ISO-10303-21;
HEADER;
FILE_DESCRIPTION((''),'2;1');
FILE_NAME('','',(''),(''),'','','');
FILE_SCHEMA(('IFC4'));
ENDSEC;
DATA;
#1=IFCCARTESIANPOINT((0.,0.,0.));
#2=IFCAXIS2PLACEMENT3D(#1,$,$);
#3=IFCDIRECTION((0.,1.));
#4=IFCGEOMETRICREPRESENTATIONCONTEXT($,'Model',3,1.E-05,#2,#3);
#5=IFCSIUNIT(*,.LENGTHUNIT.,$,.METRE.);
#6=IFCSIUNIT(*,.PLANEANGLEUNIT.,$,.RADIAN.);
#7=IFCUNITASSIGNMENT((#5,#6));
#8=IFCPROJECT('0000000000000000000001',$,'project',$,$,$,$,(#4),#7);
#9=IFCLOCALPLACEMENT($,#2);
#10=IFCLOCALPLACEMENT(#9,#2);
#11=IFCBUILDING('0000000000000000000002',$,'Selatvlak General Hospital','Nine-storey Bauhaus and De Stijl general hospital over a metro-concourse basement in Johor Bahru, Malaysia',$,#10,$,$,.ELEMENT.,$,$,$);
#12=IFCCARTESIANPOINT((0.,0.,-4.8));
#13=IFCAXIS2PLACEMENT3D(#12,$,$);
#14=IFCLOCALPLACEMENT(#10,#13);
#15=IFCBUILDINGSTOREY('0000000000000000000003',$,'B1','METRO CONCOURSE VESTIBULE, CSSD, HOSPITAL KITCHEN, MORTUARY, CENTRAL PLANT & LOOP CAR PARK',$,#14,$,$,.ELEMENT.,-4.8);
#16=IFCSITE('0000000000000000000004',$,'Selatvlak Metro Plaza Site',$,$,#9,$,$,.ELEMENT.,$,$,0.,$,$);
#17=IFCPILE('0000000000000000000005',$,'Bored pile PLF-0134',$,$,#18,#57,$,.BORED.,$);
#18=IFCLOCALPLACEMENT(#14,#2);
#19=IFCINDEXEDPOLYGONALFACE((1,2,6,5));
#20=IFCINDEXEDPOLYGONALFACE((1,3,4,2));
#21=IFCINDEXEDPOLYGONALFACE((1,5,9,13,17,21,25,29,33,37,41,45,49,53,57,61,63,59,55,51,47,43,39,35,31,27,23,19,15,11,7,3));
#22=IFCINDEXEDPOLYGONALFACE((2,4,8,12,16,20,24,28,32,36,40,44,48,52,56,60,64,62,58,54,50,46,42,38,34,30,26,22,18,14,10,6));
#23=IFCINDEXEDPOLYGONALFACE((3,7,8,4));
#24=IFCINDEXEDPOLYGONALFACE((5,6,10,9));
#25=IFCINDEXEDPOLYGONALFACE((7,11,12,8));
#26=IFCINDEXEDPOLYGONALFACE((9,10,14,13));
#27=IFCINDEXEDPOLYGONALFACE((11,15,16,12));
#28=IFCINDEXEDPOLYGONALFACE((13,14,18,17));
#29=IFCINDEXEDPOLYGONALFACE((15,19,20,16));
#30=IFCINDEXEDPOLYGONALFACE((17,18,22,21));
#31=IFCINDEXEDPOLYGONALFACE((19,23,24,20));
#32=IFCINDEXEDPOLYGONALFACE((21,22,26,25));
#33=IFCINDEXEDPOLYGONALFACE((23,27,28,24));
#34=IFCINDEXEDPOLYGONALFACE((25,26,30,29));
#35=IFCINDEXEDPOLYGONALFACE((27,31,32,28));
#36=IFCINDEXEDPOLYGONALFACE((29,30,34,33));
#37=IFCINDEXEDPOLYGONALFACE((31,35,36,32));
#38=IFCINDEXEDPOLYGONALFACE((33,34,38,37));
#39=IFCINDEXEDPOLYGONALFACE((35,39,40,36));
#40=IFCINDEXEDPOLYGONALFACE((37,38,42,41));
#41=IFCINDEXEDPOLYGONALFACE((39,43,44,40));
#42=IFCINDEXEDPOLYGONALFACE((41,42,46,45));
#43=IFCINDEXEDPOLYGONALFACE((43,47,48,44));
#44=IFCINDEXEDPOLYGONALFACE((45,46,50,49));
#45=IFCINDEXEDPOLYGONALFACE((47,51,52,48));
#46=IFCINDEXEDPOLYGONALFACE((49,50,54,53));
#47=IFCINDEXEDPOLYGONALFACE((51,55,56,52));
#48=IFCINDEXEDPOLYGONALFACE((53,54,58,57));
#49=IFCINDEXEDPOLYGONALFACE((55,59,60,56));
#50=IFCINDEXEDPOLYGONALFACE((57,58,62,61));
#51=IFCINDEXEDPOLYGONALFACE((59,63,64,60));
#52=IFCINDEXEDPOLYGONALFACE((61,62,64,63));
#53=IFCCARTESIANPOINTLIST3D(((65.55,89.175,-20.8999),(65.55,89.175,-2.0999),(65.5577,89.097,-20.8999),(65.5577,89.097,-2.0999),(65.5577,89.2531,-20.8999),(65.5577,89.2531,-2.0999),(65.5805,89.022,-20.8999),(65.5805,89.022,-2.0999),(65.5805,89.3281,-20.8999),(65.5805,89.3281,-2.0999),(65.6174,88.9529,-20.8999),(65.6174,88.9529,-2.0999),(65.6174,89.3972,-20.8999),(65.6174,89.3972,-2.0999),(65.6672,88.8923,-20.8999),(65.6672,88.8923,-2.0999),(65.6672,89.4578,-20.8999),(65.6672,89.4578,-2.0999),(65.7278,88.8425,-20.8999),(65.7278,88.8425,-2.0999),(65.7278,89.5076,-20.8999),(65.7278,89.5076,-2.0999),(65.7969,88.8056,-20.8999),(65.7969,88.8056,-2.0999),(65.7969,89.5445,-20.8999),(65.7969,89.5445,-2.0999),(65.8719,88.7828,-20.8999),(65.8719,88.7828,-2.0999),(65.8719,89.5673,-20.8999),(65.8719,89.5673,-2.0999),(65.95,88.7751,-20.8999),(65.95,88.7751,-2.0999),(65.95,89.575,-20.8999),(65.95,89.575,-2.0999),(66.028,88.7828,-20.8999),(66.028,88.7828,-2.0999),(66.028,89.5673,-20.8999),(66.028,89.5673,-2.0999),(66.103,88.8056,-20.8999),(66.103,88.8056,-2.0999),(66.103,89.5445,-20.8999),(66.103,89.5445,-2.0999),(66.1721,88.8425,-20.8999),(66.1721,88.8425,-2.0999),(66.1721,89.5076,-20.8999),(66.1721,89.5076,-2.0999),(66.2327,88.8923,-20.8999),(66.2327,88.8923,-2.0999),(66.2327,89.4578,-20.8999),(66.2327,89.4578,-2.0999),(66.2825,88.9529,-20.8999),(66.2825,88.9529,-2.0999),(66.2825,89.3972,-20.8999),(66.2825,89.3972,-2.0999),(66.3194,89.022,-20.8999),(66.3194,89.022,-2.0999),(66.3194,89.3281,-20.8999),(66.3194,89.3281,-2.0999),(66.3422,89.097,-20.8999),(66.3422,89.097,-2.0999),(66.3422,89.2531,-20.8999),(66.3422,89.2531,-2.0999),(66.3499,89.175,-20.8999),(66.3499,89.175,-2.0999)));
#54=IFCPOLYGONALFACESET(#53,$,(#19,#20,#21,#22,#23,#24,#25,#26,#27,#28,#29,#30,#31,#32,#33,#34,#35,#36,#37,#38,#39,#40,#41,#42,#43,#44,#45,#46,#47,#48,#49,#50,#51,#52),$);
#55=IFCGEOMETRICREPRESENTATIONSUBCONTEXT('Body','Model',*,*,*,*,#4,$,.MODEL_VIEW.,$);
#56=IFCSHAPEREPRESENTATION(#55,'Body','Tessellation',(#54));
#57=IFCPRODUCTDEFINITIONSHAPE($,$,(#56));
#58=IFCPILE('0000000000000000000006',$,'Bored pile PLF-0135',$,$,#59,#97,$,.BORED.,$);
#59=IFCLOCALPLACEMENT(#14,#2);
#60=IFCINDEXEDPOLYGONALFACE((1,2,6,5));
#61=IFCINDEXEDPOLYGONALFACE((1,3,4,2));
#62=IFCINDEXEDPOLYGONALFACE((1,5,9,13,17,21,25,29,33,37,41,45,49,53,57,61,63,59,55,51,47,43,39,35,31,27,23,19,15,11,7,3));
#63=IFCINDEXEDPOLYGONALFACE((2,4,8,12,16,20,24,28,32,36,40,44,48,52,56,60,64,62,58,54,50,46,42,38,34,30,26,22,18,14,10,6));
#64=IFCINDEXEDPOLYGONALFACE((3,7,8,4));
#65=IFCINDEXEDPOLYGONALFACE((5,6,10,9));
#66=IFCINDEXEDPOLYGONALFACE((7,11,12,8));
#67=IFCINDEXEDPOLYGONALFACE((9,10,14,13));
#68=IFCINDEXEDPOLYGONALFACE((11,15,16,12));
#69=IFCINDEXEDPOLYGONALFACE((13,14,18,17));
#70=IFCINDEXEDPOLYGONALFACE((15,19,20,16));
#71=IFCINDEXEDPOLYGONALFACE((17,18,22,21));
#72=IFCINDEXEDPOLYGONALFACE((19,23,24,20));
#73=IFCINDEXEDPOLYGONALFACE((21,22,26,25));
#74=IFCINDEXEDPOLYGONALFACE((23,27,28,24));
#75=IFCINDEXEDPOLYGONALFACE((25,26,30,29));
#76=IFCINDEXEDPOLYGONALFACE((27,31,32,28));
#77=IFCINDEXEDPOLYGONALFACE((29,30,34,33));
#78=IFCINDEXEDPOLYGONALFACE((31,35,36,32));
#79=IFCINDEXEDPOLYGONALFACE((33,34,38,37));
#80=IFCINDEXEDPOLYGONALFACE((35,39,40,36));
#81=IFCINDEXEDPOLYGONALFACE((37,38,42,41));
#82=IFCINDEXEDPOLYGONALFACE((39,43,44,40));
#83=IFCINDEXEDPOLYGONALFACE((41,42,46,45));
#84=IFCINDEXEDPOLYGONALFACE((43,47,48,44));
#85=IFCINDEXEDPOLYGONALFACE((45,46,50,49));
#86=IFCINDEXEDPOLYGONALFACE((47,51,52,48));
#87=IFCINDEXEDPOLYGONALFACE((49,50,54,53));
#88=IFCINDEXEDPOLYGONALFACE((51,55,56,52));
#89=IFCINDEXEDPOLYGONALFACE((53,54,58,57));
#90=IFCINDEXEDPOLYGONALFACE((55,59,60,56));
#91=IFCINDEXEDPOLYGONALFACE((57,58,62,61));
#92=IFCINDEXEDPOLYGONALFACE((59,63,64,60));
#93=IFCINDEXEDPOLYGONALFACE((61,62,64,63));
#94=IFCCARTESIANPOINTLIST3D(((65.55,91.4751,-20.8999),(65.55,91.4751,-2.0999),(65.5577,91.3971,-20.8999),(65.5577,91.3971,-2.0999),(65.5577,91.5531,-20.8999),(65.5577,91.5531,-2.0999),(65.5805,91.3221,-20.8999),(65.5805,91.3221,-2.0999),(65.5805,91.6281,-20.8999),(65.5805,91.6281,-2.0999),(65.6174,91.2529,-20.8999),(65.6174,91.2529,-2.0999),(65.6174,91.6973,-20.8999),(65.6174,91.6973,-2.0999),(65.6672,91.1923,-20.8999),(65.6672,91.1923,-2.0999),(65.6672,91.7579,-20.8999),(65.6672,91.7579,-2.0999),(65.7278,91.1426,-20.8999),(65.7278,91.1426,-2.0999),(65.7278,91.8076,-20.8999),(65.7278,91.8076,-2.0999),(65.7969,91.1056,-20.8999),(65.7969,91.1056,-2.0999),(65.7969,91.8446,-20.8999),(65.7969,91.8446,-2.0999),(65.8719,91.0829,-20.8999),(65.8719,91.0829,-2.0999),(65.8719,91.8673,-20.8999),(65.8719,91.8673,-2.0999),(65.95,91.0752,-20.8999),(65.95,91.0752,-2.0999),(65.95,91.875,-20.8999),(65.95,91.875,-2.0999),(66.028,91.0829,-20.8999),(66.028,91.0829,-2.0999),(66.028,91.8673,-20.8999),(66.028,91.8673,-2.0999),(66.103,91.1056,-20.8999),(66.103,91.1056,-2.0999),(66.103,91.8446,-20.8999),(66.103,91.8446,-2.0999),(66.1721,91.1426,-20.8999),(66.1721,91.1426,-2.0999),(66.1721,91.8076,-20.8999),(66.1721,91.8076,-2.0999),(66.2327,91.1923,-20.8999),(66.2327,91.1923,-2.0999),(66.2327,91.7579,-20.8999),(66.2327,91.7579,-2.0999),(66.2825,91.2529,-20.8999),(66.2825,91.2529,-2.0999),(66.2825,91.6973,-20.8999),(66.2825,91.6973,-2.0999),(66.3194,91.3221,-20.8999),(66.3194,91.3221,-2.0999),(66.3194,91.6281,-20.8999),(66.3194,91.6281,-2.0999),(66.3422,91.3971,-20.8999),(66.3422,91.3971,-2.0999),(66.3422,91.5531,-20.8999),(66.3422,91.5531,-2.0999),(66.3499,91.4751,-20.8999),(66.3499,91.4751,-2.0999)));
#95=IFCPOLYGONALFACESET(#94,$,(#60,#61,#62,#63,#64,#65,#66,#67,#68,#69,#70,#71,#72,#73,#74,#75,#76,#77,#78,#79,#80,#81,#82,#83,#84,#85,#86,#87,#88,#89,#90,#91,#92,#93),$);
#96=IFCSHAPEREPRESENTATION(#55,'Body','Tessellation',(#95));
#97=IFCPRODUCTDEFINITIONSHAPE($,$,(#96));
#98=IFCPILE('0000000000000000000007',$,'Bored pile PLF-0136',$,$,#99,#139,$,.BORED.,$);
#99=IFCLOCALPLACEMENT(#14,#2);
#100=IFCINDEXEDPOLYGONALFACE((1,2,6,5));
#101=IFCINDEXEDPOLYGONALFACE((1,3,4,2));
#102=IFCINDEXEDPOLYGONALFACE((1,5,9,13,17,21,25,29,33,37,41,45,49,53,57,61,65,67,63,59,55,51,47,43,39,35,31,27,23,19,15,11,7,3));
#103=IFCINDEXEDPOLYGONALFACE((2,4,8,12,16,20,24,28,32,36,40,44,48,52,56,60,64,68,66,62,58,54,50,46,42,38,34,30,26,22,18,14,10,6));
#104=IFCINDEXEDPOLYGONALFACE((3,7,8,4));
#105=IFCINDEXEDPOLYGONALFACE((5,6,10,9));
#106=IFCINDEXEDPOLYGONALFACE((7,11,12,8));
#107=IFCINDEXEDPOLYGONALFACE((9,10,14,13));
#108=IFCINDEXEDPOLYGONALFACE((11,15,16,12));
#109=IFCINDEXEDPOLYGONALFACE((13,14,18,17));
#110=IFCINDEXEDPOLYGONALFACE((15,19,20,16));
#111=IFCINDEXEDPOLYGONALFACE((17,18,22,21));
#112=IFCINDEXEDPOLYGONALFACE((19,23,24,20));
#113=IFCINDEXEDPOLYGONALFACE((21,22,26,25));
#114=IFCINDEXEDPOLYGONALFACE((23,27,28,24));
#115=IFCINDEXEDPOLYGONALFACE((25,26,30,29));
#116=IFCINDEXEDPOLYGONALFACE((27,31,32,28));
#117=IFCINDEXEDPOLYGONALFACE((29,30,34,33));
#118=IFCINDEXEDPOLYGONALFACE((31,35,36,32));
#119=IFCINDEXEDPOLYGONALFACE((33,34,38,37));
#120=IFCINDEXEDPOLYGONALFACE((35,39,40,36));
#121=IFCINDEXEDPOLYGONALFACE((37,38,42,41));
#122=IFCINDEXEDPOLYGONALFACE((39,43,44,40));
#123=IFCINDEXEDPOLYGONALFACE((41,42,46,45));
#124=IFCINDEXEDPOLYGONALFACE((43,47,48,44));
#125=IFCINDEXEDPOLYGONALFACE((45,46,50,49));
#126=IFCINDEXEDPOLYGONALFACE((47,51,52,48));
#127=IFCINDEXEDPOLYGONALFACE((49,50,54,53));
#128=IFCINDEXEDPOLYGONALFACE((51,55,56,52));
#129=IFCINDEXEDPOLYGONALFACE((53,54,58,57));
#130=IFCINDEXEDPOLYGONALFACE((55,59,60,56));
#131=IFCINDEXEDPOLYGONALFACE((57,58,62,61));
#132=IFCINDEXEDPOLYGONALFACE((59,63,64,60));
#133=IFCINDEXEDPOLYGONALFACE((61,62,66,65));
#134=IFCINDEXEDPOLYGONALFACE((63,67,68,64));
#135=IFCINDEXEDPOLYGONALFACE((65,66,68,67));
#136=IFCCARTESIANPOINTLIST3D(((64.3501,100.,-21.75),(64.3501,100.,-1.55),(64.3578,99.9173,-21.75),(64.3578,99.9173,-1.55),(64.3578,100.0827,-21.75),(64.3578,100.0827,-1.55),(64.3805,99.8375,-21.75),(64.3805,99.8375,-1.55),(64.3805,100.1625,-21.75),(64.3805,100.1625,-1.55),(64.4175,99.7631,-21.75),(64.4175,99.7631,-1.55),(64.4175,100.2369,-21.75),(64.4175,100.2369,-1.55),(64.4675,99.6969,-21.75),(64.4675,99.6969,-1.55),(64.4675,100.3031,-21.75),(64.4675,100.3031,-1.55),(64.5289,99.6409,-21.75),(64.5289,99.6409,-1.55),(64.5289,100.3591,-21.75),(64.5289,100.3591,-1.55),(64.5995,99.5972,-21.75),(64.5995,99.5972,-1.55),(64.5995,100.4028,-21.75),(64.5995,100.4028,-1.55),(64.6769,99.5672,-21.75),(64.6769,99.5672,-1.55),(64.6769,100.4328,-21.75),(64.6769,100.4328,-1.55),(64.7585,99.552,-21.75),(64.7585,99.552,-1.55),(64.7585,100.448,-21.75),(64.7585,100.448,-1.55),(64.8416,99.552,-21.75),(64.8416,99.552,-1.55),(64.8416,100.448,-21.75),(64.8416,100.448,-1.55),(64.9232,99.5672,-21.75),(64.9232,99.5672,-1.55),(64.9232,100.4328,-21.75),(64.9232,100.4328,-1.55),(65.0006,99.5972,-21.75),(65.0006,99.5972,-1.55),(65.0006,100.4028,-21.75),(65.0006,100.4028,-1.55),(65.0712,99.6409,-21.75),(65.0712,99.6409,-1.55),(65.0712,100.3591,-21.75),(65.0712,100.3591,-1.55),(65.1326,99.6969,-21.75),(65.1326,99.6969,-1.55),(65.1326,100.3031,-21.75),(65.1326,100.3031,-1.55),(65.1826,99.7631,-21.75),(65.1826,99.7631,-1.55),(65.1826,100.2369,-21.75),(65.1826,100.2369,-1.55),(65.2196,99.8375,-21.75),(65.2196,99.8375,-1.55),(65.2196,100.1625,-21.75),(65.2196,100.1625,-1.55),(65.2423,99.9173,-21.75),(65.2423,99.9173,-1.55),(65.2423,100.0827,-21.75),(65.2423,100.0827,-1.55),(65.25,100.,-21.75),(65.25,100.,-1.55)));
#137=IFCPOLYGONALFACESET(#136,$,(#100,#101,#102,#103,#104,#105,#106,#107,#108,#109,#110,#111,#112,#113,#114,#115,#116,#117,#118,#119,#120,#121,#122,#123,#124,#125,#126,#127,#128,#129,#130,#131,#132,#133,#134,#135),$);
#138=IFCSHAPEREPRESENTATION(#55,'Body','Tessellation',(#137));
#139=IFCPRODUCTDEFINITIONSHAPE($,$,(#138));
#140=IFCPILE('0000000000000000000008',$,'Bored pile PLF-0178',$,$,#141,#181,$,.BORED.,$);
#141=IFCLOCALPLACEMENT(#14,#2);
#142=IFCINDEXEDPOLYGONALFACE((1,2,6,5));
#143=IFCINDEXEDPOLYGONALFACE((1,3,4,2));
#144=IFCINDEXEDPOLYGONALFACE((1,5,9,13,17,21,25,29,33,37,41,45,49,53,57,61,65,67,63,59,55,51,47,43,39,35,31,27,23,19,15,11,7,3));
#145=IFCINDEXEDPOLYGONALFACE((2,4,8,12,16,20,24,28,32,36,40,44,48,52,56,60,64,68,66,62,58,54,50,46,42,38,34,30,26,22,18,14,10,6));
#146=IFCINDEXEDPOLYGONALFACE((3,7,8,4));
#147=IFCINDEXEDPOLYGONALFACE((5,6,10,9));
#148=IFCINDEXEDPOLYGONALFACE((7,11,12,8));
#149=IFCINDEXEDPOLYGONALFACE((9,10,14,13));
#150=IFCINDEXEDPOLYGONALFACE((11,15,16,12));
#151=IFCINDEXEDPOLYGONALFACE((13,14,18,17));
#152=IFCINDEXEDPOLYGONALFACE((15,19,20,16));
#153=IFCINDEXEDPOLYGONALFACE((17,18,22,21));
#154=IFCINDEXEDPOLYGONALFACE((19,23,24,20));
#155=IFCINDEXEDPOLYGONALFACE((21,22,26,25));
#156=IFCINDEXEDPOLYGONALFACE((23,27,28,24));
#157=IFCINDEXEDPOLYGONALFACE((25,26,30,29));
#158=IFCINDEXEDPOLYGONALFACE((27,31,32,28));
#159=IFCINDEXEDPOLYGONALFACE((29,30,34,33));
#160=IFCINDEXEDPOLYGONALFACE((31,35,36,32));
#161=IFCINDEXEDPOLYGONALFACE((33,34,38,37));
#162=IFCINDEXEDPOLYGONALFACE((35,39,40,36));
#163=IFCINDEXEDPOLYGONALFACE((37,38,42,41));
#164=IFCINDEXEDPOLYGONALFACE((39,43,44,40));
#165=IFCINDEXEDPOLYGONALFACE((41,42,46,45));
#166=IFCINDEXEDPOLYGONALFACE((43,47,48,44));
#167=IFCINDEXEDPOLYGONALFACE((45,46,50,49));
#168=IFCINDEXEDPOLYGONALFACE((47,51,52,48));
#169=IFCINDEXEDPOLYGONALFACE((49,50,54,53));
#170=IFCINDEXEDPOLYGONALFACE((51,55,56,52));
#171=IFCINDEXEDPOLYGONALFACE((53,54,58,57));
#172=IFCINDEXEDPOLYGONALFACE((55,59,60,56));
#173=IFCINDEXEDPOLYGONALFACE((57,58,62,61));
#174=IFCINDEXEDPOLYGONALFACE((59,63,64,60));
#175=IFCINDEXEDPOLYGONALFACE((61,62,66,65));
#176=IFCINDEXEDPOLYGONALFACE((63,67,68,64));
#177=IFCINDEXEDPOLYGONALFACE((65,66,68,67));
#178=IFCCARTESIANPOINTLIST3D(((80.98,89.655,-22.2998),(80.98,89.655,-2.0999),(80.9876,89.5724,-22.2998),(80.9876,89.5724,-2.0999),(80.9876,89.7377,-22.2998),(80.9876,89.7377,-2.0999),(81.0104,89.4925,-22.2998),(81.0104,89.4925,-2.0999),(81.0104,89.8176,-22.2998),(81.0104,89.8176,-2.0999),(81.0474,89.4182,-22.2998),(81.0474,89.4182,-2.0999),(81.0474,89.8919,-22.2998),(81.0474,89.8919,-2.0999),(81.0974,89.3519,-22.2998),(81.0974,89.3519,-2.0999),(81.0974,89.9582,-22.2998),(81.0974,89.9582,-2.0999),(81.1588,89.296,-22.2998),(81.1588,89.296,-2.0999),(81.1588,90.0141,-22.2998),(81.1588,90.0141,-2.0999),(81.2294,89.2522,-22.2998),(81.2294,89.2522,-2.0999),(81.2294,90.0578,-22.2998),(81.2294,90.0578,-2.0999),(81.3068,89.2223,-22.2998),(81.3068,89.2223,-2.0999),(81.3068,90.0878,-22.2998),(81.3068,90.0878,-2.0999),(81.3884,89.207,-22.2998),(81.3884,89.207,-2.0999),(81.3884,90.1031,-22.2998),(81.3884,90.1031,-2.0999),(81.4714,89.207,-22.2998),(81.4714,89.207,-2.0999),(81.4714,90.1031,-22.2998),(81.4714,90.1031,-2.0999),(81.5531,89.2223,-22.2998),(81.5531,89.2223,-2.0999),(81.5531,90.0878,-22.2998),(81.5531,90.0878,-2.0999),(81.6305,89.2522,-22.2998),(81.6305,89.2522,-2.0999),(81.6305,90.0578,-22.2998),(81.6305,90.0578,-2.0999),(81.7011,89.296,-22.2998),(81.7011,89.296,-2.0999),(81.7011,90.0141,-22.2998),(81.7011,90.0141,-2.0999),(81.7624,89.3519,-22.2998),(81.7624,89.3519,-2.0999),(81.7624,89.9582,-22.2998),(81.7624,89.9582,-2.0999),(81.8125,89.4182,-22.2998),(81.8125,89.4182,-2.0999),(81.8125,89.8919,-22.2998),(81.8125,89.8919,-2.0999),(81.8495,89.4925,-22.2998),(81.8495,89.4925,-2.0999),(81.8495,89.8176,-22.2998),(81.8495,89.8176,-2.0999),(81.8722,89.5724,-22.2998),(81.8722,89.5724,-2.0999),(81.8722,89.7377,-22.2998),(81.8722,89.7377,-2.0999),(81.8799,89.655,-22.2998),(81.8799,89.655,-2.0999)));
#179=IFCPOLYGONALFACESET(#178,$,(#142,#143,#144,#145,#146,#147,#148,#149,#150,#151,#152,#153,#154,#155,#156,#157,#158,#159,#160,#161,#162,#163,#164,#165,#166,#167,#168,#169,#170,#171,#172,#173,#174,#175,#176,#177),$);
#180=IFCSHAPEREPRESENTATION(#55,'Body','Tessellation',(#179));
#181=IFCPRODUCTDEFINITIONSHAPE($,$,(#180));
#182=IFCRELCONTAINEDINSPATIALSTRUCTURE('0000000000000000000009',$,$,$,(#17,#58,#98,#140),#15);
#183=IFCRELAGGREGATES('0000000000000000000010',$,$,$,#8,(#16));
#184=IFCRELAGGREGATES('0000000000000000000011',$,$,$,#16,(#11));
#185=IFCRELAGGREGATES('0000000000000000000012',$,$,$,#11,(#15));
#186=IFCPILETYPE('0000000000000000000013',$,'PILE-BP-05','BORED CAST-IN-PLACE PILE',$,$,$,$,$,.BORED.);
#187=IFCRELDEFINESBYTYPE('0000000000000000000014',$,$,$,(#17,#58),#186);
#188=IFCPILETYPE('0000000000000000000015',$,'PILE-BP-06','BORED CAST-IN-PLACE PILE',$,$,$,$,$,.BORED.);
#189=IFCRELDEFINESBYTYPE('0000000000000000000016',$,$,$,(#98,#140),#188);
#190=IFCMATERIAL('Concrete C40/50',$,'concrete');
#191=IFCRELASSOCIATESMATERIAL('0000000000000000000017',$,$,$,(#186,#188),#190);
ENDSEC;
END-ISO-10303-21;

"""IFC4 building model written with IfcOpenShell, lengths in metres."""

from ifc_helpers import new_model, si_unit, direction, frame, origin, origin_2d, place, context, subcontext, project, spatial, circle, extrude, material, material_profile, profile_set, type_object, element, save


model = new_model("IFC4")

# Units and contexts
model_context = context("Model", 3, precision=1e-05, world=origin(), true_north=direction((0.0, 1.0)))
body_context = subcontext(model_context, "Body", "Model", "MODEL_VIEW")
ifc_project = project(units=[si_unit("LENGTHUNIT", "METRE"), si_unit("PLANEANGLEUNIT", "RADIAN")], contexts=[model_context])

# Site, building, storey
site_placement = place(None, origin())
site = spatial("IfcSite", under=ifc_project, at=site_placement, Name="Selatvlak Metro Plaza Site", CompositionType="ELEMENT", RefElevation=0.0)
building_placement = place(site_placement, origin())
building = spatial("IfcBuilding", under=site, at=building_placement, Name="Selatvlak General Hospital", Description="Nine-storey Bauhaus and De Stijl general hospital over a metro-concourse basement in Johor Bahru, Malaysia", CompositionType="ELEMENT")
storey_placement = place(building_placement, frame((0.0, 0.0, -4.8)))
storey = spatial("IfcBuildingStorey", under=building, at=storey_placement, Name="B1", Description="METRO CONCOURSE VESTIBULE, CSSD, HOSPITAL KITCHEN, MORTUARY, CENTRAL PLANT & LOOP CAR PARK", CompositionType="ELEMENT", Elevation=-4.8)

# Shared definitions
ifc_material_1 = material(Name="Concrete C40/50", Category="concrete")

# Piles
ifc_material_profile_1 = material_profile(ifc_material_1, circle(Radius=0.3999, at=origin_2d()), Name="BORED PILE 800")
ifc_profile_set_1 = profile_set([ifc_material_profile_1], Name="Concrete C40/50")
pile_type_1 = type_object("IfcPileType", Name="PILE-BP-05", Description="BORED CAST-IN-PLACE PILE", PredefinedType="BORED", material=ifc_profile_set_1)
for number, where, z_axis, x_axis, name in (
    (1, (65.95, 89.175, -2.0999), (0.0, 0.0, -1.0), (1.0, 0.0, 0.0), "Bored pile PLF-0134"),
    (2, (65.95, 91.4751, -2.0999), (0.0, 0.0, -1.0), (1.0, 0.0, 0.0), "Bored pile PLF-0135"),
):
    element("IfcPile", number, at=place(storey_placement, frame(where, z_axis=z_axis, x_axis=x_axis)), inside=storey, type_object=pile_type_1, Name=name, PredefinedType="BORED", context=body_context, shape_type="SweptSolid", body=[
        extrude(circle(Radius=0.3999, at=origin_2d()), origin(), (0.0, 0.0, 1.0), 18.8),
    ])
ifc_material_profile_2 = material_profile(ifc_material_1, circle(Radius=0.45, at=origin_2d()), Name="BORED PILE 900")
ifc_profile_set_2 = profile_set([ifc_material_profile_2], Name="Concrete C40/50")
pile_type_2 = type_object("IfcPileType", Name="PILE-BP-06", Description="BORED CAST-IN-PLACE PILE", PredefinedType="BORED", material=ifc_profile_set_2)
for number, where, z_axis, x_axis, name in (
    (3, (64.8, 100.0, -1.55), (0.0, 0.0, -1.0), (1.0, 0.0, 0.0), "Bored pile PLF-0136"),
    (4, (81.4299, 89.655, -2.0999), (0.0, 0.0, -1.0), (1.0, 0.0, 0.0), "Bored pile PLF-0178"),
):
    element("IfcPile", number, at=place(storey_placement, frame(where, z_axis=z_axis, x_axis=x_axis)), inside=storey, type_object=pile_type_2, Name=name, PredefinedType="BORED", context=body_context, shape_type="SweptSolid", body=[
        extrude(circle(Radius=0.45, at=origin_2d()), origin(), (0.0, 0.0, 1.0), 20.2),
    ])

save(model, "model.ifc")
